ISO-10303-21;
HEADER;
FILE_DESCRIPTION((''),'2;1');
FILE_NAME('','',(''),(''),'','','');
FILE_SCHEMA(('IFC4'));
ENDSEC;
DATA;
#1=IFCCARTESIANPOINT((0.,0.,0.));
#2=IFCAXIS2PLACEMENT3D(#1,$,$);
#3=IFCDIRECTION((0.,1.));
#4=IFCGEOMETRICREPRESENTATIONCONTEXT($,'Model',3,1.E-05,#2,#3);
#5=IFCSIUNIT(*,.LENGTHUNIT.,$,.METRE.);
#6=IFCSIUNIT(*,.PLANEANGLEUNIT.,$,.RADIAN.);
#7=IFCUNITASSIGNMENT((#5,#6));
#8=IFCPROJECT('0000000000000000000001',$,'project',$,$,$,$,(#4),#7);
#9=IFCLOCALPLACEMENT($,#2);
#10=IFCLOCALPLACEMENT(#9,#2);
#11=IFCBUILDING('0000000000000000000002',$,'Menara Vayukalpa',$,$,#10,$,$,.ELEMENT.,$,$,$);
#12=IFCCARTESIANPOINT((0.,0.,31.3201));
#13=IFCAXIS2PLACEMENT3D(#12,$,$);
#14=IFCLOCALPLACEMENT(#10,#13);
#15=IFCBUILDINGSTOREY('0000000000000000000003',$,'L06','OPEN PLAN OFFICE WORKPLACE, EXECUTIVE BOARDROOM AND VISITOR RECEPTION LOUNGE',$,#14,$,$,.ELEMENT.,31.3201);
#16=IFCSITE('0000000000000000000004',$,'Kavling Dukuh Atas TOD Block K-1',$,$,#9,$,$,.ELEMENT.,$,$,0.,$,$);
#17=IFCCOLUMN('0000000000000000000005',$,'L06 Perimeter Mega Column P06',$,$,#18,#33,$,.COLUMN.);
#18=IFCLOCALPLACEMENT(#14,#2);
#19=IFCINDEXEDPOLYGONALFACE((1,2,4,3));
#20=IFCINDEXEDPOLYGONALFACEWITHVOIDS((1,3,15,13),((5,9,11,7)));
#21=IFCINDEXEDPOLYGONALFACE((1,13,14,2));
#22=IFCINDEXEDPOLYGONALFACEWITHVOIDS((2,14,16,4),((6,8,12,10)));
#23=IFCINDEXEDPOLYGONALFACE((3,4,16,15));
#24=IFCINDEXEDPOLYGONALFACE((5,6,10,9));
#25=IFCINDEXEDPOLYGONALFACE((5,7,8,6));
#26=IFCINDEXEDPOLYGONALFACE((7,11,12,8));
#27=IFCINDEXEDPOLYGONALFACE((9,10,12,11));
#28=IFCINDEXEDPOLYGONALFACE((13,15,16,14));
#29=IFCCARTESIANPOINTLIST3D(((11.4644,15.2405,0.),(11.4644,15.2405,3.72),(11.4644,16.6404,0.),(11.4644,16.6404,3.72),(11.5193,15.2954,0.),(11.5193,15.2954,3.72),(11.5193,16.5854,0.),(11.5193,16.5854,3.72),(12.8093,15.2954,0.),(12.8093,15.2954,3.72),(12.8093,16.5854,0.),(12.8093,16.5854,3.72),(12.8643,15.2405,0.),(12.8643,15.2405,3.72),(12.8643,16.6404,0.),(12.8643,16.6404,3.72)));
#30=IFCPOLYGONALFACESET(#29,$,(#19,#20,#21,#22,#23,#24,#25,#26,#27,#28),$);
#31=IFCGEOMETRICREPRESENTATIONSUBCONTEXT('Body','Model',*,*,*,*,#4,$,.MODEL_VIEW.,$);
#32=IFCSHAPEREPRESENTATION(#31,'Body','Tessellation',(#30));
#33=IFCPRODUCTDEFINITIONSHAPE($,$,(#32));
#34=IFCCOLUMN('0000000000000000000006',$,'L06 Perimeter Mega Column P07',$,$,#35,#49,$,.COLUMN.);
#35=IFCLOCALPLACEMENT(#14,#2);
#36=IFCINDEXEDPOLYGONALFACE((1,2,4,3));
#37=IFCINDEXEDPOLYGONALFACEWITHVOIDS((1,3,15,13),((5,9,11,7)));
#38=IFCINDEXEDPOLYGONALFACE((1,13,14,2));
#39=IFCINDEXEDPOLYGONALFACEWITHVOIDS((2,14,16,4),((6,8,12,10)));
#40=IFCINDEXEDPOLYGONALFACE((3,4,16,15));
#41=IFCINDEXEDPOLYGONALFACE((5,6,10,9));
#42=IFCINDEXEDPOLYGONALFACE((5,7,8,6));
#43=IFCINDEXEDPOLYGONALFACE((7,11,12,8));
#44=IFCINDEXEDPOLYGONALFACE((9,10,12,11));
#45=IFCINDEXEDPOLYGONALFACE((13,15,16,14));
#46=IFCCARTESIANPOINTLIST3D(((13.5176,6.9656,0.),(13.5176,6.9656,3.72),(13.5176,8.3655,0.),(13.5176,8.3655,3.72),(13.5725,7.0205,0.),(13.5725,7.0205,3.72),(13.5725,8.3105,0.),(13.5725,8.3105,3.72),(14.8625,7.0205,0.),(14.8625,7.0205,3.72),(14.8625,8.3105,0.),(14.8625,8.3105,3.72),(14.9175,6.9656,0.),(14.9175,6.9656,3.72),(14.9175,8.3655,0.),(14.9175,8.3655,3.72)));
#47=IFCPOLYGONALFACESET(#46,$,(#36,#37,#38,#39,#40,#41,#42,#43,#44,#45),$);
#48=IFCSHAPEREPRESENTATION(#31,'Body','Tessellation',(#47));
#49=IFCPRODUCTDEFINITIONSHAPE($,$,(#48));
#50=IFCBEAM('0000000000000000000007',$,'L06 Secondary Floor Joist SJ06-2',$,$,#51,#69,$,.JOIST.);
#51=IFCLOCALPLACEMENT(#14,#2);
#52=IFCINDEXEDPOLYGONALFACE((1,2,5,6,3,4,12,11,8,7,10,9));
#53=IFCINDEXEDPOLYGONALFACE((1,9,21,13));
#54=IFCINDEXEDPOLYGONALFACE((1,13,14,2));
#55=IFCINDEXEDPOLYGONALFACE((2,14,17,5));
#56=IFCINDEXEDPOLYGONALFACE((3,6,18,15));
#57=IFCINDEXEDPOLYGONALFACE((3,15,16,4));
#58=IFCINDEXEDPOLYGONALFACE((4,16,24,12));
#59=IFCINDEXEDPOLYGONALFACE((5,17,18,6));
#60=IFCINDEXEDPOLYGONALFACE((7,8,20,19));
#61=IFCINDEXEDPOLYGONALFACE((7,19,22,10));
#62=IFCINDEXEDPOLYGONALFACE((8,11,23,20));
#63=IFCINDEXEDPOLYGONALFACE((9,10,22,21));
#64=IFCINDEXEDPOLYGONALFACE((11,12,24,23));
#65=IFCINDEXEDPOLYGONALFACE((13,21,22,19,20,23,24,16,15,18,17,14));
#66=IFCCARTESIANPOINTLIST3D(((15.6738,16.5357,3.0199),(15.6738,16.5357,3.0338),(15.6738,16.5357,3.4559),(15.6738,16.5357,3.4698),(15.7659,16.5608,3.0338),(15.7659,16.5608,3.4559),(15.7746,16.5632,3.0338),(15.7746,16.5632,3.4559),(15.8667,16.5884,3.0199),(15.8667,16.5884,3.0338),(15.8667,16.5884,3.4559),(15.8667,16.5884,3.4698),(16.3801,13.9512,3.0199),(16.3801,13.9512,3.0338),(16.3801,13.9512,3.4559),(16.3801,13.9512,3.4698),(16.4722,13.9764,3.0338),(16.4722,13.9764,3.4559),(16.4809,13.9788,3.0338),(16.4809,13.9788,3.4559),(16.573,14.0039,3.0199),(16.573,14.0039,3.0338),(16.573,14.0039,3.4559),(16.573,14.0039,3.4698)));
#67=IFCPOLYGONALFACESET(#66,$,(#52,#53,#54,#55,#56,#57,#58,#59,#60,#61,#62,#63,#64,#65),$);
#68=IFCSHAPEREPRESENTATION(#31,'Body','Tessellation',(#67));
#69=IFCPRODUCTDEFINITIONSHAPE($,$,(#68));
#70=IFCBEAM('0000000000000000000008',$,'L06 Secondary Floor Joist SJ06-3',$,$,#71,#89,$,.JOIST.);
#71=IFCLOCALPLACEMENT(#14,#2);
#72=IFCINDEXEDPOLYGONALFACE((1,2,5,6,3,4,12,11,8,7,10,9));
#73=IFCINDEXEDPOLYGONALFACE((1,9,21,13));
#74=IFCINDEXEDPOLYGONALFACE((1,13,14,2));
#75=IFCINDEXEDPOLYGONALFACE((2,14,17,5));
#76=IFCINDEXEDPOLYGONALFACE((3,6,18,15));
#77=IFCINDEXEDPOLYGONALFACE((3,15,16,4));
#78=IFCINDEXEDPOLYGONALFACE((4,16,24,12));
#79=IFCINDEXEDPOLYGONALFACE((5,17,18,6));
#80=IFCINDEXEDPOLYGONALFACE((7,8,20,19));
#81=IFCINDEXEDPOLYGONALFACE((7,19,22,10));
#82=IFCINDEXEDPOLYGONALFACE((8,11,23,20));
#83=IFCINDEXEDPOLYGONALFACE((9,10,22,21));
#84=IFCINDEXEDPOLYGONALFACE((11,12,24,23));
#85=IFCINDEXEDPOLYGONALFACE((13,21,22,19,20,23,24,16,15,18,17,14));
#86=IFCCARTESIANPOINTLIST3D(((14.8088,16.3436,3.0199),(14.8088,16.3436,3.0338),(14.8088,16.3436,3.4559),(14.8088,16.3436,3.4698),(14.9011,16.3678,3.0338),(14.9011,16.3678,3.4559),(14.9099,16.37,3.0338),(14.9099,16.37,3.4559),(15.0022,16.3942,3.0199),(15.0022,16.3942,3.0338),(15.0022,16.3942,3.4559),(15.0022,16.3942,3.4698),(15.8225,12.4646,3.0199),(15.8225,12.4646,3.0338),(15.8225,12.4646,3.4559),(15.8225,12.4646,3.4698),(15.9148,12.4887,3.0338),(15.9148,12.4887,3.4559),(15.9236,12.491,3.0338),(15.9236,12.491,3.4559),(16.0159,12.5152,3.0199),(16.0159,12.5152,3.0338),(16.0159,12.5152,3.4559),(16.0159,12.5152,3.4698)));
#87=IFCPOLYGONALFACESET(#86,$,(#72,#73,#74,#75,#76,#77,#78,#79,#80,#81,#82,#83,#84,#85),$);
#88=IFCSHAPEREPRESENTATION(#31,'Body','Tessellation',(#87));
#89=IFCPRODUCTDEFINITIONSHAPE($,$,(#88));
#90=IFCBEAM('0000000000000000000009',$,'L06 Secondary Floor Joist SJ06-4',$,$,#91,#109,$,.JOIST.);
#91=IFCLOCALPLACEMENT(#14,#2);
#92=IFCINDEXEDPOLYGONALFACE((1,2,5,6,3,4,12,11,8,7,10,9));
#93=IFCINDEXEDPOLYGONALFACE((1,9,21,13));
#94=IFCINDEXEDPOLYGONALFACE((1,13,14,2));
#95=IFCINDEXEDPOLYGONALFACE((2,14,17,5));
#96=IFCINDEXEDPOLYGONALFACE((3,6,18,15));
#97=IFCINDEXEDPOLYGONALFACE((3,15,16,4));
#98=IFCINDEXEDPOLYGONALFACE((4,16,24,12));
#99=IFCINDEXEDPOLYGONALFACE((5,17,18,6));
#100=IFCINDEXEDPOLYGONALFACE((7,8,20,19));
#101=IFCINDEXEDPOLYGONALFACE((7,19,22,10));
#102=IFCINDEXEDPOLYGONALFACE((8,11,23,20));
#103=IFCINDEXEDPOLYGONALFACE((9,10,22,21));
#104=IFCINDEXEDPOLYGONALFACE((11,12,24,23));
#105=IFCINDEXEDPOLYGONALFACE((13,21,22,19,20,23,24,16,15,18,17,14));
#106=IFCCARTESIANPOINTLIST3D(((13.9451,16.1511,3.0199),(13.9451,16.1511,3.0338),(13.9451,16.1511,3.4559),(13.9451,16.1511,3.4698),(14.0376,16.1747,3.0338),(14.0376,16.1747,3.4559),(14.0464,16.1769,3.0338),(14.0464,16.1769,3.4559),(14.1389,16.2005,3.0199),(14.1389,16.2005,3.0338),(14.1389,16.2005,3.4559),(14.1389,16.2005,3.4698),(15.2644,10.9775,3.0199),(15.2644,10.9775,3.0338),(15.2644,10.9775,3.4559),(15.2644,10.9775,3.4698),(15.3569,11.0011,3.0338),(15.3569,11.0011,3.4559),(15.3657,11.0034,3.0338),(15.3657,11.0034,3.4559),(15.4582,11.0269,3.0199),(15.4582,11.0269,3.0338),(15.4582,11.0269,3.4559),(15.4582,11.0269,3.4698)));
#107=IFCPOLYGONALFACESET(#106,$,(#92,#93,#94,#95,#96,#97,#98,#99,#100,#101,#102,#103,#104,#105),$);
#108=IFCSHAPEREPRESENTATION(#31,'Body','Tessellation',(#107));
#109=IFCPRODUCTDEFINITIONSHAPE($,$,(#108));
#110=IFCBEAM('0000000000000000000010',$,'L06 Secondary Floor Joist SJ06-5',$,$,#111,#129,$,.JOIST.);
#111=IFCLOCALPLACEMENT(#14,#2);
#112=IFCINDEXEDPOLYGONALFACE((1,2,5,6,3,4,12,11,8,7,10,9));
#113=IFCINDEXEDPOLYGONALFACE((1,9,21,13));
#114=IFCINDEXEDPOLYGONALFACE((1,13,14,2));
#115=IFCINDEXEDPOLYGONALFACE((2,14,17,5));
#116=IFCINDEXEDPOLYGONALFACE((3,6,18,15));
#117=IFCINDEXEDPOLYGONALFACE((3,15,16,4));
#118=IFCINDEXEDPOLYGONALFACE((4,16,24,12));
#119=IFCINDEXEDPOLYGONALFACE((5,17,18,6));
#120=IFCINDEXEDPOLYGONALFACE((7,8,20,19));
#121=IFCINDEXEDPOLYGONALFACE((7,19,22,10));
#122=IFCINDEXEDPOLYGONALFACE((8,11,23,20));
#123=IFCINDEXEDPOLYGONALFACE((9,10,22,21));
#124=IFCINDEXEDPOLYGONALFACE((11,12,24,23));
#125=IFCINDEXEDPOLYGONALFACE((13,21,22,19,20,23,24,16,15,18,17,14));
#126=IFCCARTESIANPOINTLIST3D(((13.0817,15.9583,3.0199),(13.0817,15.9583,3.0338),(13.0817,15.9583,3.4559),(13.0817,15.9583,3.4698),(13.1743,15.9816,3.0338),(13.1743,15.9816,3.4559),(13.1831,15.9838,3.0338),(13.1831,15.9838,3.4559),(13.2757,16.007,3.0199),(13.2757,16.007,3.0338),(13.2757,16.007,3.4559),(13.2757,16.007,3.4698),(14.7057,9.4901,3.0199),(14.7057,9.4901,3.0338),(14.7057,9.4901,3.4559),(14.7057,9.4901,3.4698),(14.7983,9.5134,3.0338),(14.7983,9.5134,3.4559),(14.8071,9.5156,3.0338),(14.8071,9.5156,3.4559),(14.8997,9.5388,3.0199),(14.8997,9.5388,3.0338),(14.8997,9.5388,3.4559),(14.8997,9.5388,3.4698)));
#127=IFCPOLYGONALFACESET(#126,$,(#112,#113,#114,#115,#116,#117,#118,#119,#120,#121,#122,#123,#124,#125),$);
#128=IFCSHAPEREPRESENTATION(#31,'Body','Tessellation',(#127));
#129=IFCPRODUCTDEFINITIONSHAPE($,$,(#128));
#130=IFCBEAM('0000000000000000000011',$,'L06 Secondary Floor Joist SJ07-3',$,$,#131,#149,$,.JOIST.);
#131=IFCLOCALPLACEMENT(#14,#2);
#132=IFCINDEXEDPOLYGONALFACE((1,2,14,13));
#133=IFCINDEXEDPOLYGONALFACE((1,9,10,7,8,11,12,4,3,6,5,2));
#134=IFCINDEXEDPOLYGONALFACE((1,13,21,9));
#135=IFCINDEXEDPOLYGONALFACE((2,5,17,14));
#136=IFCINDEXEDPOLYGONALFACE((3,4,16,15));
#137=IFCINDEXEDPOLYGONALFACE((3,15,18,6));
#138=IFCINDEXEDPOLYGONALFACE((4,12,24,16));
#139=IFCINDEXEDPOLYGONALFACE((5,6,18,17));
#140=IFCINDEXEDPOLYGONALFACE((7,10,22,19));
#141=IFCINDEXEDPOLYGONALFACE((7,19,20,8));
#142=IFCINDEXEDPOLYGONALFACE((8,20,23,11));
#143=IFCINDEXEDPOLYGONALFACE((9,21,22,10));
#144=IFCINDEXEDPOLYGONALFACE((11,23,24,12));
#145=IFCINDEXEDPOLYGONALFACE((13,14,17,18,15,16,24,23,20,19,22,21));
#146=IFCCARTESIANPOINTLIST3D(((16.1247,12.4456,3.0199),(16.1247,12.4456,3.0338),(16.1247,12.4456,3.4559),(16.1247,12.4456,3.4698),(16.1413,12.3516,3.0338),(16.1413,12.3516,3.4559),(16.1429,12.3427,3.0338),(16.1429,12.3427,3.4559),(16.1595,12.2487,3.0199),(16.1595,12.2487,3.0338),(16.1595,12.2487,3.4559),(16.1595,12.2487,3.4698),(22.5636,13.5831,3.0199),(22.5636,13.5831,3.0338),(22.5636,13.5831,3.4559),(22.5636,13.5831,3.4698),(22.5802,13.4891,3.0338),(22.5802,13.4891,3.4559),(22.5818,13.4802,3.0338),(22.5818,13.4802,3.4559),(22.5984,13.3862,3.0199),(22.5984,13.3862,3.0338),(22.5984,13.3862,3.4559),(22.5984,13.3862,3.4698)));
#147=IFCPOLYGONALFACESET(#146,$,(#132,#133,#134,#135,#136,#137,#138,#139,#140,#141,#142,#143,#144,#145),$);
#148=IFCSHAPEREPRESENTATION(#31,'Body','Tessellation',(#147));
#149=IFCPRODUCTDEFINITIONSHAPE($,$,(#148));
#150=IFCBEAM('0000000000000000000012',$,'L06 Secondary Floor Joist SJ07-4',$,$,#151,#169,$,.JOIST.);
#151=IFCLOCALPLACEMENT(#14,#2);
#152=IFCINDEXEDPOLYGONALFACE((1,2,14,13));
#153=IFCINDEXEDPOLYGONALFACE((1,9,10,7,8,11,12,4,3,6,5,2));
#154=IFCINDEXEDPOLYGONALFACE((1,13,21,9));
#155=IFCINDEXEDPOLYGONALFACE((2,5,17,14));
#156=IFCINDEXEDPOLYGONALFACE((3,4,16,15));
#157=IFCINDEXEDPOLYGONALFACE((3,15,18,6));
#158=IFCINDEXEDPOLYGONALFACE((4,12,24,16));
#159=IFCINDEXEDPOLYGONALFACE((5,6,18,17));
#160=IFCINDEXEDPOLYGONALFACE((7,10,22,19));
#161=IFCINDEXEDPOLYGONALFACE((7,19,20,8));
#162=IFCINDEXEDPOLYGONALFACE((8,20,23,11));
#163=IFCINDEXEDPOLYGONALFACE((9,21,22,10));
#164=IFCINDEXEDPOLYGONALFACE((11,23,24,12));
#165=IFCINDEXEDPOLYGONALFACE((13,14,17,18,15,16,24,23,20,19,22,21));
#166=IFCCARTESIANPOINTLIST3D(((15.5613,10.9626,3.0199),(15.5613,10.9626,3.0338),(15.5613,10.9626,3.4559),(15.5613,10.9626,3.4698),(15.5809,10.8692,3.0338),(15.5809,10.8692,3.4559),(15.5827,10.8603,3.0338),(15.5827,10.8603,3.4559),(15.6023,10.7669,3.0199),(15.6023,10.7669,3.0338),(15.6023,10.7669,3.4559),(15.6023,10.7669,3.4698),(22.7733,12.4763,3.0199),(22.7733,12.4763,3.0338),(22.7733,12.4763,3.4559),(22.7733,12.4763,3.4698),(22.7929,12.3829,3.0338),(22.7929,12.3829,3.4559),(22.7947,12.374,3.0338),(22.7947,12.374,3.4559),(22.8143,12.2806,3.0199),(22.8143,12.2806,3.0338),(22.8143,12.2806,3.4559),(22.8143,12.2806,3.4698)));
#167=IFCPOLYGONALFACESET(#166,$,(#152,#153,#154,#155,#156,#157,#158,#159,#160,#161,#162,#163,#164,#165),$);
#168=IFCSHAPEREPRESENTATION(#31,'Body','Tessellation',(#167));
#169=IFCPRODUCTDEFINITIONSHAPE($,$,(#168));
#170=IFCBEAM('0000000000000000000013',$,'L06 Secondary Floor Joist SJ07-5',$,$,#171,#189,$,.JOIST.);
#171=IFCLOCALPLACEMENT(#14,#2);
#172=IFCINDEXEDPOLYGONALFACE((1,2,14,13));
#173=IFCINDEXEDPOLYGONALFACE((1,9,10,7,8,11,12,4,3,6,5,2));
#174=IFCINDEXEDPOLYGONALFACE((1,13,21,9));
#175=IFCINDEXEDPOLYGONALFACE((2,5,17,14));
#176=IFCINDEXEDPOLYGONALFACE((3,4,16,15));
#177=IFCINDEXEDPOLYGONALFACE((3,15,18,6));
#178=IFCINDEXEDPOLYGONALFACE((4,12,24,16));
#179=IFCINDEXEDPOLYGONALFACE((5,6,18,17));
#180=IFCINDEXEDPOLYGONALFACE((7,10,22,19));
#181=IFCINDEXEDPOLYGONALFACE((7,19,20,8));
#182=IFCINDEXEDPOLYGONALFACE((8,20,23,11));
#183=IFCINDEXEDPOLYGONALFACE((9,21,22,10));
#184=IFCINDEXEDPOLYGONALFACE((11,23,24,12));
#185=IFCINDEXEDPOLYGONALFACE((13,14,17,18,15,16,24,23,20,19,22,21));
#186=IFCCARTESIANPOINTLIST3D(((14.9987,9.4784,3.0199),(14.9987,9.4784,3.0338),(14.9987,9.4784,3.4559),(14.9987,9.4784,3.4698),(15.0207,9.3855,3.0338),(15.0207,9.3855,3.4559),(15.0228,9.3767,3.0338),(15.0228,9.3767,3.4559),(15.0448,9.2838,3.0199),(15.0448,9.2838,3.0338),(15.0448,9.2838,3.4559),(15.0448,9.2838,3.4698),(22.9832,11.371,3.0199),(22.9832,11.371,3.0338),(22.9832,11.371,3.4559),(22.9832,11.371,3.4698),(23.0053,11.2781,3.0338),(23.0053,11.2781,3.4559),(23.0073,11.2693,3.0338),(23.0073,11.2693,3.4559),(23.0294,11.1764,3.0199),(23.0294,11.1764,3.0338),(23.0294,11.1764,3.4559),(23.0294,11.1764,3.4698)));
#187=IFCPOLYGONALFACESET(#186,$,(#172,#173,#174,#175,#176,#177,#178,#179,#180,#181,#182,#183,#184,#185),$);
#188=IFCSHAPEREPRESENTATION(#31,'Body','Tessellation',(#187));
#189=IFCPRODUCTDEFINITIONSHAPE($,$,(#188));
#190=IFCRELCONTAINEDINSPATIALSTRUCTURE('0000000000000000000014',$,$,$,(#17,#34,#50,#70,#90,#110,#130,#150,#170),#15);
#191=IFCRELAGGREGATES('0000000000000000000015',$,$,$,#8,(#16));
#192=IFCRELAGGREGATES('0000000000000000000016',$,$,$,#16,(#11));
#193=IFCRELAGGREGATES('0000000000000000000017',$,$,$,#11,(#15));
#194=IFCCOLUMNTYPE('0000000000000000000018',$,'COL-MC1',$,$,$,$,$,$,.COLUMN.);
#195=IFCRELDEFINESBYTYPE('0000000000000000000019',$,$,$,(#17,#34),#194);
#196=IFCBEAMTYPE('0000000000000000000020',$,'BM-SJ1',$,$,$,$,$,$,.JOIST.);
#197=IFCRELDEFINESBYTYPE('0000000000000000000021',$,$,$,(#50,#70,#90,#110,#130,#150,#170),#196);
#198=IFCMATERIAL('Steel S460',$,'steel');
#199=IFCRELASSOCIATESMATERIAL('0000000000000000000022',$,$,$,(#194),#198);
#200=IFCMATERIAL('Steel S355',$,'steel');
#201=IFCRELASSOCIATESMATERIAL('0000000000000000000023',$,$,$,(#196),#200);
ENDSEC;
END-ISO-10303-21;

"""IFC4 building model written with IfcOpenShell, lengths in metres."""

from ifc_helpers import new_model, si_unit, direction, frame, origin, origin_2d, place, context, subcontext, project, spatial, hollow_rectangle, i_section, extrude, material, material_profile, profile_set, type_object, element, save


model = new_model("IFC4")

# Units and contexts
model_context = context("Model", 3, precision=1e-05, world=origin(), true_north=direction((0.0, 1.0)))
body_context = subcontext(model_context, "Body", "Model", "MODEL_VIEW")
ifc_project = project(units=[si_unit("LENGTHUNIT", "METRE"), si_unit("PLANEANGLEUNIT", "RADIAN")], contexts=[model_context])

# Site, building, storey
site_placement = place(None, origin())
site = spatial("IfcSite", under=ifc_project, at=site_placement, Name="Kavling Dukuh Atas TOD Block K-1", CompositionType="ELEMENT", RefElevation=0.0)
building_placement = place(site_placement, origin())
building = spatial("IfcBuilding", under=site, at=building_placement, Name="Menara Vayukalpa", CompositionType="ELEMENT")
storey_placement = place(building_placement, frame((0.0, 0.0, 31.3201)))
storey = spatial("IfcBuildingStorey", under=building, at=storey_placement, Name="L06", Description="OPEN PLAN OFFICE WORKPLACE, EXECUTIVE BOARDROOM AND VISITOR RECEPTION LOUNGE", CompositionType="ELEMENT", Elevation=31.3201)

# Columns
ifc_material_1 = material(Name="Steel S460", Category="steel")
ifc_material_profile_1 = material_profile(ifc_material_1, hollow_rectangle(XDim=1.3999, YDim=1.3999, WallThickness=0.0549, at=origin_2d()), Name="BOX 1400x1400x55")
ifc_profile_set_1 = profile_set([ifc_material_profile_1], Name="Steel S460")
column_type = type_object("IfcColumnType", Name="COL-MC1", PredefinedType="COLUMN", material=ifc_profile_set_1)
for number, where, z_axis, x_axis, name in (
    (1, (12.1643, 15.9404, 0.0), (0.0, 0.0, 1.0), (1.0, 0.0, 0.0), "L06 Perimeter Mega Column P06"),
    (2, (14.2175, 7.6655, 0.0), (0.0, 0.0, 1.0), (1.0, 0.0, 0.0), "L06 Perimeter Mega Column P07"),
):
    element("IfcColumn", number, at=place(storey_placement, frame(where, z_axis=z_axis, x_axis=x_axis)), inside=storey, type_object=column_type, Name=name, PredefinedType="COLUMN", context=body_context, shape_type="SweptSolid", body=[
        extrude(hollow_rectangle(XDim=1.3999, YDim=1.3999, WallThickness=0.0549, at=origin_2d()), origin(), (0.0, 0.0, 1.0), 3.72),
    ])

# Beams
ifc_material_2 = material(Name="Steel S355", Category="steel")
ifc_material_profile_2 = material_profile(ifc_material_2, i_section(OverallWidth=0.2, OverallDepth=0.45, WebThickness=0.009, FlangeThickness=0.0139, at=origin_2d()), Name="WF 450x200x9x14")
ifc_profile_set_2 = profile_set([ifc_material_profile_2], Name="Steel S355")
beam_type_1 = type_object("IfcBeamType", Name="BM-SJ1", PredefinedType="JOIST", material=ifc_profile_set_2)
beam_1_placement = place(storey_placement, frame((15.7703, 16.562, 3.2449), z_axis=(0.263619, -0.964627, 0.0), x_axis=(0.964627, 0.263619, 0.0)))
element("IfcBeam", 3, at=beam_1_placement, inside=storey, type_object=beam_type_1, Name="L06 Secondary Floor Joist SJ06-2", PredefinedType="JOIST", context=body_context, shape_type="SweptSolid", body=[
    extrude(i_section(OverallWidth=0.2, OverallDepth=0.45, WebThickness=0.009, FlangeThickness=0.0139, at=origin_2d()), origin(), (0.0, 0.0, 1.0), 2.6792),
])
beam_2_placement = place(storey_placement, frame((14.9055, 16.3689, 3.2449), z_axis=(0.252838, -0.967509, 0.0), x_axis=(0.967509, 0.252838, 0.0)))
element("IfcBeam", 4, at=beam_2_placement, inside=storey, type_object=beam_type_1, Name="L06 Secondary Floor Joist SJ06-3", PredefinedType="JOIST", context=body_context, shape_type="SweptSolid", body=[
    extrude(i_section(OverallWidth=0.2, OverallDepth=0.45, WebThickness=0.009, FlangeThickness=0.0139, at=origin_2d()), origin(), (0.0, 0.0, 1.0), 4.0093),
])
beam_3_placement = place(storey_placement, frame((14.042, 16.1758, 3.2449), z_axis=(0.247106, -0.968989, 0.0), x_axis=(0.968989, 0.247106, 0.0)))
element("IfcBeam", 5, at=beam_3_placement, inside=storey, type_object=beam_type_1, Name="L06 Secondary Floor Joist SJ06-4", PredefinedType="JOIST", context=body_context, shape_type="SweptSolid", body=[
    extrude(i_section(OverallWidth=0.2, OverallDepth=0.45, WebThickness=0.009, FlangeThickness=0.0139, at=origin_2d()), origin(), (0.0, 0.0, 1.0), 5.3391),
])
beam_4_placement = place(storey_placement, frame((13.1787, 15.9827, 3.2449), z_axis=(0.243517, -0.969897, 0.0), x_axis=(0.969897, 0.243517, 0.0)))
element("IfcBeam", 6, at=beam_4_placement, inside=storey, type_object=beam_type_1, Name="L06 Secondary Floor Joist SJ06-5", PredefinedType="JOIST", context=body_context, shape_type="SweptSolid", body=[
    extrude(i_section(OverallWidth=0.2, OverallDepth=0.45, WebThickness=0.009, FlangeThickness=0.0139, at=origin_2d()), origin(), (0.0, 0.0, 1.0), 6.6689),
])
beam_5_placement = place(storey_placement, frame((16.1421, 12.3472, 3.2449), z_axis=(0.984753, 0.173958, 0.0), x_axis=(-0.173958, 0.984753, 0.0)))
element("IfcBeam", 7, at=beam_5_placement, inside=storey, type_object=beam_type_1, Name="L06 Secondary Floor Joist SJ07-3", PredefinedType="JOIST", context=body_context, shape_type="SweptSolid", body=[
    extrude(i_section(OverallWidth=0.2, OverallDepth=0.45, WebThickness=0.009, FlangeThickness=0.0139, at=origin_2d()), origin(), (0.0, 0.0, 1.0), 6.5386),
])
beam_6_placement = place(storey_placement, frame((15.5818, 10.8647, 3.2449), z_axis=(0.978676, 0.205409, 0.0), x_axis=(-0.205409, 0.978676, 0.0)))
element("IfcBeam", 8, at=beam_6_placement, inside=storey, type_object=beam_type_1, Name="L06 Secondary Floor Joist SJ07-4", PredefinedType="JOIST", context=body_context, shape_type="SweptSolid", body=[
    extrude(i_section(OverallWidth=0.2, OverallDepth=0.45, WebThickness=0.009, FlangeThickness=0.0139, at=origin_2d()), origin(), (0.0, 0.0, 1.0), 7.3691),
])
beam_7_placement = place(storey_placement, frame((15.0217, 9.3811, 3.2449), z_axis=(0.97304, 0.230638, 0.0), x_axis=(-0.230638, 0.97304, 0.0)))
element("IfcBeam", 9, at=beam_7_placement, inside=storey, type_object=beam_type_1, Name="L06 Secondary Floor Joist SJ07-5", PredefinedType="JOIST", context=body_context, shape_type="SweptSolid", body=[
    extrude(i_section(OverallWidth=0.2, OverallDepth=0.45, WebThickness=0.009, FlangeThickness=0.0139, at=origin_2d()), origin(), (0.0, 0.0, 1.0), 8.2058),
])

save(model, "model.ifc")
